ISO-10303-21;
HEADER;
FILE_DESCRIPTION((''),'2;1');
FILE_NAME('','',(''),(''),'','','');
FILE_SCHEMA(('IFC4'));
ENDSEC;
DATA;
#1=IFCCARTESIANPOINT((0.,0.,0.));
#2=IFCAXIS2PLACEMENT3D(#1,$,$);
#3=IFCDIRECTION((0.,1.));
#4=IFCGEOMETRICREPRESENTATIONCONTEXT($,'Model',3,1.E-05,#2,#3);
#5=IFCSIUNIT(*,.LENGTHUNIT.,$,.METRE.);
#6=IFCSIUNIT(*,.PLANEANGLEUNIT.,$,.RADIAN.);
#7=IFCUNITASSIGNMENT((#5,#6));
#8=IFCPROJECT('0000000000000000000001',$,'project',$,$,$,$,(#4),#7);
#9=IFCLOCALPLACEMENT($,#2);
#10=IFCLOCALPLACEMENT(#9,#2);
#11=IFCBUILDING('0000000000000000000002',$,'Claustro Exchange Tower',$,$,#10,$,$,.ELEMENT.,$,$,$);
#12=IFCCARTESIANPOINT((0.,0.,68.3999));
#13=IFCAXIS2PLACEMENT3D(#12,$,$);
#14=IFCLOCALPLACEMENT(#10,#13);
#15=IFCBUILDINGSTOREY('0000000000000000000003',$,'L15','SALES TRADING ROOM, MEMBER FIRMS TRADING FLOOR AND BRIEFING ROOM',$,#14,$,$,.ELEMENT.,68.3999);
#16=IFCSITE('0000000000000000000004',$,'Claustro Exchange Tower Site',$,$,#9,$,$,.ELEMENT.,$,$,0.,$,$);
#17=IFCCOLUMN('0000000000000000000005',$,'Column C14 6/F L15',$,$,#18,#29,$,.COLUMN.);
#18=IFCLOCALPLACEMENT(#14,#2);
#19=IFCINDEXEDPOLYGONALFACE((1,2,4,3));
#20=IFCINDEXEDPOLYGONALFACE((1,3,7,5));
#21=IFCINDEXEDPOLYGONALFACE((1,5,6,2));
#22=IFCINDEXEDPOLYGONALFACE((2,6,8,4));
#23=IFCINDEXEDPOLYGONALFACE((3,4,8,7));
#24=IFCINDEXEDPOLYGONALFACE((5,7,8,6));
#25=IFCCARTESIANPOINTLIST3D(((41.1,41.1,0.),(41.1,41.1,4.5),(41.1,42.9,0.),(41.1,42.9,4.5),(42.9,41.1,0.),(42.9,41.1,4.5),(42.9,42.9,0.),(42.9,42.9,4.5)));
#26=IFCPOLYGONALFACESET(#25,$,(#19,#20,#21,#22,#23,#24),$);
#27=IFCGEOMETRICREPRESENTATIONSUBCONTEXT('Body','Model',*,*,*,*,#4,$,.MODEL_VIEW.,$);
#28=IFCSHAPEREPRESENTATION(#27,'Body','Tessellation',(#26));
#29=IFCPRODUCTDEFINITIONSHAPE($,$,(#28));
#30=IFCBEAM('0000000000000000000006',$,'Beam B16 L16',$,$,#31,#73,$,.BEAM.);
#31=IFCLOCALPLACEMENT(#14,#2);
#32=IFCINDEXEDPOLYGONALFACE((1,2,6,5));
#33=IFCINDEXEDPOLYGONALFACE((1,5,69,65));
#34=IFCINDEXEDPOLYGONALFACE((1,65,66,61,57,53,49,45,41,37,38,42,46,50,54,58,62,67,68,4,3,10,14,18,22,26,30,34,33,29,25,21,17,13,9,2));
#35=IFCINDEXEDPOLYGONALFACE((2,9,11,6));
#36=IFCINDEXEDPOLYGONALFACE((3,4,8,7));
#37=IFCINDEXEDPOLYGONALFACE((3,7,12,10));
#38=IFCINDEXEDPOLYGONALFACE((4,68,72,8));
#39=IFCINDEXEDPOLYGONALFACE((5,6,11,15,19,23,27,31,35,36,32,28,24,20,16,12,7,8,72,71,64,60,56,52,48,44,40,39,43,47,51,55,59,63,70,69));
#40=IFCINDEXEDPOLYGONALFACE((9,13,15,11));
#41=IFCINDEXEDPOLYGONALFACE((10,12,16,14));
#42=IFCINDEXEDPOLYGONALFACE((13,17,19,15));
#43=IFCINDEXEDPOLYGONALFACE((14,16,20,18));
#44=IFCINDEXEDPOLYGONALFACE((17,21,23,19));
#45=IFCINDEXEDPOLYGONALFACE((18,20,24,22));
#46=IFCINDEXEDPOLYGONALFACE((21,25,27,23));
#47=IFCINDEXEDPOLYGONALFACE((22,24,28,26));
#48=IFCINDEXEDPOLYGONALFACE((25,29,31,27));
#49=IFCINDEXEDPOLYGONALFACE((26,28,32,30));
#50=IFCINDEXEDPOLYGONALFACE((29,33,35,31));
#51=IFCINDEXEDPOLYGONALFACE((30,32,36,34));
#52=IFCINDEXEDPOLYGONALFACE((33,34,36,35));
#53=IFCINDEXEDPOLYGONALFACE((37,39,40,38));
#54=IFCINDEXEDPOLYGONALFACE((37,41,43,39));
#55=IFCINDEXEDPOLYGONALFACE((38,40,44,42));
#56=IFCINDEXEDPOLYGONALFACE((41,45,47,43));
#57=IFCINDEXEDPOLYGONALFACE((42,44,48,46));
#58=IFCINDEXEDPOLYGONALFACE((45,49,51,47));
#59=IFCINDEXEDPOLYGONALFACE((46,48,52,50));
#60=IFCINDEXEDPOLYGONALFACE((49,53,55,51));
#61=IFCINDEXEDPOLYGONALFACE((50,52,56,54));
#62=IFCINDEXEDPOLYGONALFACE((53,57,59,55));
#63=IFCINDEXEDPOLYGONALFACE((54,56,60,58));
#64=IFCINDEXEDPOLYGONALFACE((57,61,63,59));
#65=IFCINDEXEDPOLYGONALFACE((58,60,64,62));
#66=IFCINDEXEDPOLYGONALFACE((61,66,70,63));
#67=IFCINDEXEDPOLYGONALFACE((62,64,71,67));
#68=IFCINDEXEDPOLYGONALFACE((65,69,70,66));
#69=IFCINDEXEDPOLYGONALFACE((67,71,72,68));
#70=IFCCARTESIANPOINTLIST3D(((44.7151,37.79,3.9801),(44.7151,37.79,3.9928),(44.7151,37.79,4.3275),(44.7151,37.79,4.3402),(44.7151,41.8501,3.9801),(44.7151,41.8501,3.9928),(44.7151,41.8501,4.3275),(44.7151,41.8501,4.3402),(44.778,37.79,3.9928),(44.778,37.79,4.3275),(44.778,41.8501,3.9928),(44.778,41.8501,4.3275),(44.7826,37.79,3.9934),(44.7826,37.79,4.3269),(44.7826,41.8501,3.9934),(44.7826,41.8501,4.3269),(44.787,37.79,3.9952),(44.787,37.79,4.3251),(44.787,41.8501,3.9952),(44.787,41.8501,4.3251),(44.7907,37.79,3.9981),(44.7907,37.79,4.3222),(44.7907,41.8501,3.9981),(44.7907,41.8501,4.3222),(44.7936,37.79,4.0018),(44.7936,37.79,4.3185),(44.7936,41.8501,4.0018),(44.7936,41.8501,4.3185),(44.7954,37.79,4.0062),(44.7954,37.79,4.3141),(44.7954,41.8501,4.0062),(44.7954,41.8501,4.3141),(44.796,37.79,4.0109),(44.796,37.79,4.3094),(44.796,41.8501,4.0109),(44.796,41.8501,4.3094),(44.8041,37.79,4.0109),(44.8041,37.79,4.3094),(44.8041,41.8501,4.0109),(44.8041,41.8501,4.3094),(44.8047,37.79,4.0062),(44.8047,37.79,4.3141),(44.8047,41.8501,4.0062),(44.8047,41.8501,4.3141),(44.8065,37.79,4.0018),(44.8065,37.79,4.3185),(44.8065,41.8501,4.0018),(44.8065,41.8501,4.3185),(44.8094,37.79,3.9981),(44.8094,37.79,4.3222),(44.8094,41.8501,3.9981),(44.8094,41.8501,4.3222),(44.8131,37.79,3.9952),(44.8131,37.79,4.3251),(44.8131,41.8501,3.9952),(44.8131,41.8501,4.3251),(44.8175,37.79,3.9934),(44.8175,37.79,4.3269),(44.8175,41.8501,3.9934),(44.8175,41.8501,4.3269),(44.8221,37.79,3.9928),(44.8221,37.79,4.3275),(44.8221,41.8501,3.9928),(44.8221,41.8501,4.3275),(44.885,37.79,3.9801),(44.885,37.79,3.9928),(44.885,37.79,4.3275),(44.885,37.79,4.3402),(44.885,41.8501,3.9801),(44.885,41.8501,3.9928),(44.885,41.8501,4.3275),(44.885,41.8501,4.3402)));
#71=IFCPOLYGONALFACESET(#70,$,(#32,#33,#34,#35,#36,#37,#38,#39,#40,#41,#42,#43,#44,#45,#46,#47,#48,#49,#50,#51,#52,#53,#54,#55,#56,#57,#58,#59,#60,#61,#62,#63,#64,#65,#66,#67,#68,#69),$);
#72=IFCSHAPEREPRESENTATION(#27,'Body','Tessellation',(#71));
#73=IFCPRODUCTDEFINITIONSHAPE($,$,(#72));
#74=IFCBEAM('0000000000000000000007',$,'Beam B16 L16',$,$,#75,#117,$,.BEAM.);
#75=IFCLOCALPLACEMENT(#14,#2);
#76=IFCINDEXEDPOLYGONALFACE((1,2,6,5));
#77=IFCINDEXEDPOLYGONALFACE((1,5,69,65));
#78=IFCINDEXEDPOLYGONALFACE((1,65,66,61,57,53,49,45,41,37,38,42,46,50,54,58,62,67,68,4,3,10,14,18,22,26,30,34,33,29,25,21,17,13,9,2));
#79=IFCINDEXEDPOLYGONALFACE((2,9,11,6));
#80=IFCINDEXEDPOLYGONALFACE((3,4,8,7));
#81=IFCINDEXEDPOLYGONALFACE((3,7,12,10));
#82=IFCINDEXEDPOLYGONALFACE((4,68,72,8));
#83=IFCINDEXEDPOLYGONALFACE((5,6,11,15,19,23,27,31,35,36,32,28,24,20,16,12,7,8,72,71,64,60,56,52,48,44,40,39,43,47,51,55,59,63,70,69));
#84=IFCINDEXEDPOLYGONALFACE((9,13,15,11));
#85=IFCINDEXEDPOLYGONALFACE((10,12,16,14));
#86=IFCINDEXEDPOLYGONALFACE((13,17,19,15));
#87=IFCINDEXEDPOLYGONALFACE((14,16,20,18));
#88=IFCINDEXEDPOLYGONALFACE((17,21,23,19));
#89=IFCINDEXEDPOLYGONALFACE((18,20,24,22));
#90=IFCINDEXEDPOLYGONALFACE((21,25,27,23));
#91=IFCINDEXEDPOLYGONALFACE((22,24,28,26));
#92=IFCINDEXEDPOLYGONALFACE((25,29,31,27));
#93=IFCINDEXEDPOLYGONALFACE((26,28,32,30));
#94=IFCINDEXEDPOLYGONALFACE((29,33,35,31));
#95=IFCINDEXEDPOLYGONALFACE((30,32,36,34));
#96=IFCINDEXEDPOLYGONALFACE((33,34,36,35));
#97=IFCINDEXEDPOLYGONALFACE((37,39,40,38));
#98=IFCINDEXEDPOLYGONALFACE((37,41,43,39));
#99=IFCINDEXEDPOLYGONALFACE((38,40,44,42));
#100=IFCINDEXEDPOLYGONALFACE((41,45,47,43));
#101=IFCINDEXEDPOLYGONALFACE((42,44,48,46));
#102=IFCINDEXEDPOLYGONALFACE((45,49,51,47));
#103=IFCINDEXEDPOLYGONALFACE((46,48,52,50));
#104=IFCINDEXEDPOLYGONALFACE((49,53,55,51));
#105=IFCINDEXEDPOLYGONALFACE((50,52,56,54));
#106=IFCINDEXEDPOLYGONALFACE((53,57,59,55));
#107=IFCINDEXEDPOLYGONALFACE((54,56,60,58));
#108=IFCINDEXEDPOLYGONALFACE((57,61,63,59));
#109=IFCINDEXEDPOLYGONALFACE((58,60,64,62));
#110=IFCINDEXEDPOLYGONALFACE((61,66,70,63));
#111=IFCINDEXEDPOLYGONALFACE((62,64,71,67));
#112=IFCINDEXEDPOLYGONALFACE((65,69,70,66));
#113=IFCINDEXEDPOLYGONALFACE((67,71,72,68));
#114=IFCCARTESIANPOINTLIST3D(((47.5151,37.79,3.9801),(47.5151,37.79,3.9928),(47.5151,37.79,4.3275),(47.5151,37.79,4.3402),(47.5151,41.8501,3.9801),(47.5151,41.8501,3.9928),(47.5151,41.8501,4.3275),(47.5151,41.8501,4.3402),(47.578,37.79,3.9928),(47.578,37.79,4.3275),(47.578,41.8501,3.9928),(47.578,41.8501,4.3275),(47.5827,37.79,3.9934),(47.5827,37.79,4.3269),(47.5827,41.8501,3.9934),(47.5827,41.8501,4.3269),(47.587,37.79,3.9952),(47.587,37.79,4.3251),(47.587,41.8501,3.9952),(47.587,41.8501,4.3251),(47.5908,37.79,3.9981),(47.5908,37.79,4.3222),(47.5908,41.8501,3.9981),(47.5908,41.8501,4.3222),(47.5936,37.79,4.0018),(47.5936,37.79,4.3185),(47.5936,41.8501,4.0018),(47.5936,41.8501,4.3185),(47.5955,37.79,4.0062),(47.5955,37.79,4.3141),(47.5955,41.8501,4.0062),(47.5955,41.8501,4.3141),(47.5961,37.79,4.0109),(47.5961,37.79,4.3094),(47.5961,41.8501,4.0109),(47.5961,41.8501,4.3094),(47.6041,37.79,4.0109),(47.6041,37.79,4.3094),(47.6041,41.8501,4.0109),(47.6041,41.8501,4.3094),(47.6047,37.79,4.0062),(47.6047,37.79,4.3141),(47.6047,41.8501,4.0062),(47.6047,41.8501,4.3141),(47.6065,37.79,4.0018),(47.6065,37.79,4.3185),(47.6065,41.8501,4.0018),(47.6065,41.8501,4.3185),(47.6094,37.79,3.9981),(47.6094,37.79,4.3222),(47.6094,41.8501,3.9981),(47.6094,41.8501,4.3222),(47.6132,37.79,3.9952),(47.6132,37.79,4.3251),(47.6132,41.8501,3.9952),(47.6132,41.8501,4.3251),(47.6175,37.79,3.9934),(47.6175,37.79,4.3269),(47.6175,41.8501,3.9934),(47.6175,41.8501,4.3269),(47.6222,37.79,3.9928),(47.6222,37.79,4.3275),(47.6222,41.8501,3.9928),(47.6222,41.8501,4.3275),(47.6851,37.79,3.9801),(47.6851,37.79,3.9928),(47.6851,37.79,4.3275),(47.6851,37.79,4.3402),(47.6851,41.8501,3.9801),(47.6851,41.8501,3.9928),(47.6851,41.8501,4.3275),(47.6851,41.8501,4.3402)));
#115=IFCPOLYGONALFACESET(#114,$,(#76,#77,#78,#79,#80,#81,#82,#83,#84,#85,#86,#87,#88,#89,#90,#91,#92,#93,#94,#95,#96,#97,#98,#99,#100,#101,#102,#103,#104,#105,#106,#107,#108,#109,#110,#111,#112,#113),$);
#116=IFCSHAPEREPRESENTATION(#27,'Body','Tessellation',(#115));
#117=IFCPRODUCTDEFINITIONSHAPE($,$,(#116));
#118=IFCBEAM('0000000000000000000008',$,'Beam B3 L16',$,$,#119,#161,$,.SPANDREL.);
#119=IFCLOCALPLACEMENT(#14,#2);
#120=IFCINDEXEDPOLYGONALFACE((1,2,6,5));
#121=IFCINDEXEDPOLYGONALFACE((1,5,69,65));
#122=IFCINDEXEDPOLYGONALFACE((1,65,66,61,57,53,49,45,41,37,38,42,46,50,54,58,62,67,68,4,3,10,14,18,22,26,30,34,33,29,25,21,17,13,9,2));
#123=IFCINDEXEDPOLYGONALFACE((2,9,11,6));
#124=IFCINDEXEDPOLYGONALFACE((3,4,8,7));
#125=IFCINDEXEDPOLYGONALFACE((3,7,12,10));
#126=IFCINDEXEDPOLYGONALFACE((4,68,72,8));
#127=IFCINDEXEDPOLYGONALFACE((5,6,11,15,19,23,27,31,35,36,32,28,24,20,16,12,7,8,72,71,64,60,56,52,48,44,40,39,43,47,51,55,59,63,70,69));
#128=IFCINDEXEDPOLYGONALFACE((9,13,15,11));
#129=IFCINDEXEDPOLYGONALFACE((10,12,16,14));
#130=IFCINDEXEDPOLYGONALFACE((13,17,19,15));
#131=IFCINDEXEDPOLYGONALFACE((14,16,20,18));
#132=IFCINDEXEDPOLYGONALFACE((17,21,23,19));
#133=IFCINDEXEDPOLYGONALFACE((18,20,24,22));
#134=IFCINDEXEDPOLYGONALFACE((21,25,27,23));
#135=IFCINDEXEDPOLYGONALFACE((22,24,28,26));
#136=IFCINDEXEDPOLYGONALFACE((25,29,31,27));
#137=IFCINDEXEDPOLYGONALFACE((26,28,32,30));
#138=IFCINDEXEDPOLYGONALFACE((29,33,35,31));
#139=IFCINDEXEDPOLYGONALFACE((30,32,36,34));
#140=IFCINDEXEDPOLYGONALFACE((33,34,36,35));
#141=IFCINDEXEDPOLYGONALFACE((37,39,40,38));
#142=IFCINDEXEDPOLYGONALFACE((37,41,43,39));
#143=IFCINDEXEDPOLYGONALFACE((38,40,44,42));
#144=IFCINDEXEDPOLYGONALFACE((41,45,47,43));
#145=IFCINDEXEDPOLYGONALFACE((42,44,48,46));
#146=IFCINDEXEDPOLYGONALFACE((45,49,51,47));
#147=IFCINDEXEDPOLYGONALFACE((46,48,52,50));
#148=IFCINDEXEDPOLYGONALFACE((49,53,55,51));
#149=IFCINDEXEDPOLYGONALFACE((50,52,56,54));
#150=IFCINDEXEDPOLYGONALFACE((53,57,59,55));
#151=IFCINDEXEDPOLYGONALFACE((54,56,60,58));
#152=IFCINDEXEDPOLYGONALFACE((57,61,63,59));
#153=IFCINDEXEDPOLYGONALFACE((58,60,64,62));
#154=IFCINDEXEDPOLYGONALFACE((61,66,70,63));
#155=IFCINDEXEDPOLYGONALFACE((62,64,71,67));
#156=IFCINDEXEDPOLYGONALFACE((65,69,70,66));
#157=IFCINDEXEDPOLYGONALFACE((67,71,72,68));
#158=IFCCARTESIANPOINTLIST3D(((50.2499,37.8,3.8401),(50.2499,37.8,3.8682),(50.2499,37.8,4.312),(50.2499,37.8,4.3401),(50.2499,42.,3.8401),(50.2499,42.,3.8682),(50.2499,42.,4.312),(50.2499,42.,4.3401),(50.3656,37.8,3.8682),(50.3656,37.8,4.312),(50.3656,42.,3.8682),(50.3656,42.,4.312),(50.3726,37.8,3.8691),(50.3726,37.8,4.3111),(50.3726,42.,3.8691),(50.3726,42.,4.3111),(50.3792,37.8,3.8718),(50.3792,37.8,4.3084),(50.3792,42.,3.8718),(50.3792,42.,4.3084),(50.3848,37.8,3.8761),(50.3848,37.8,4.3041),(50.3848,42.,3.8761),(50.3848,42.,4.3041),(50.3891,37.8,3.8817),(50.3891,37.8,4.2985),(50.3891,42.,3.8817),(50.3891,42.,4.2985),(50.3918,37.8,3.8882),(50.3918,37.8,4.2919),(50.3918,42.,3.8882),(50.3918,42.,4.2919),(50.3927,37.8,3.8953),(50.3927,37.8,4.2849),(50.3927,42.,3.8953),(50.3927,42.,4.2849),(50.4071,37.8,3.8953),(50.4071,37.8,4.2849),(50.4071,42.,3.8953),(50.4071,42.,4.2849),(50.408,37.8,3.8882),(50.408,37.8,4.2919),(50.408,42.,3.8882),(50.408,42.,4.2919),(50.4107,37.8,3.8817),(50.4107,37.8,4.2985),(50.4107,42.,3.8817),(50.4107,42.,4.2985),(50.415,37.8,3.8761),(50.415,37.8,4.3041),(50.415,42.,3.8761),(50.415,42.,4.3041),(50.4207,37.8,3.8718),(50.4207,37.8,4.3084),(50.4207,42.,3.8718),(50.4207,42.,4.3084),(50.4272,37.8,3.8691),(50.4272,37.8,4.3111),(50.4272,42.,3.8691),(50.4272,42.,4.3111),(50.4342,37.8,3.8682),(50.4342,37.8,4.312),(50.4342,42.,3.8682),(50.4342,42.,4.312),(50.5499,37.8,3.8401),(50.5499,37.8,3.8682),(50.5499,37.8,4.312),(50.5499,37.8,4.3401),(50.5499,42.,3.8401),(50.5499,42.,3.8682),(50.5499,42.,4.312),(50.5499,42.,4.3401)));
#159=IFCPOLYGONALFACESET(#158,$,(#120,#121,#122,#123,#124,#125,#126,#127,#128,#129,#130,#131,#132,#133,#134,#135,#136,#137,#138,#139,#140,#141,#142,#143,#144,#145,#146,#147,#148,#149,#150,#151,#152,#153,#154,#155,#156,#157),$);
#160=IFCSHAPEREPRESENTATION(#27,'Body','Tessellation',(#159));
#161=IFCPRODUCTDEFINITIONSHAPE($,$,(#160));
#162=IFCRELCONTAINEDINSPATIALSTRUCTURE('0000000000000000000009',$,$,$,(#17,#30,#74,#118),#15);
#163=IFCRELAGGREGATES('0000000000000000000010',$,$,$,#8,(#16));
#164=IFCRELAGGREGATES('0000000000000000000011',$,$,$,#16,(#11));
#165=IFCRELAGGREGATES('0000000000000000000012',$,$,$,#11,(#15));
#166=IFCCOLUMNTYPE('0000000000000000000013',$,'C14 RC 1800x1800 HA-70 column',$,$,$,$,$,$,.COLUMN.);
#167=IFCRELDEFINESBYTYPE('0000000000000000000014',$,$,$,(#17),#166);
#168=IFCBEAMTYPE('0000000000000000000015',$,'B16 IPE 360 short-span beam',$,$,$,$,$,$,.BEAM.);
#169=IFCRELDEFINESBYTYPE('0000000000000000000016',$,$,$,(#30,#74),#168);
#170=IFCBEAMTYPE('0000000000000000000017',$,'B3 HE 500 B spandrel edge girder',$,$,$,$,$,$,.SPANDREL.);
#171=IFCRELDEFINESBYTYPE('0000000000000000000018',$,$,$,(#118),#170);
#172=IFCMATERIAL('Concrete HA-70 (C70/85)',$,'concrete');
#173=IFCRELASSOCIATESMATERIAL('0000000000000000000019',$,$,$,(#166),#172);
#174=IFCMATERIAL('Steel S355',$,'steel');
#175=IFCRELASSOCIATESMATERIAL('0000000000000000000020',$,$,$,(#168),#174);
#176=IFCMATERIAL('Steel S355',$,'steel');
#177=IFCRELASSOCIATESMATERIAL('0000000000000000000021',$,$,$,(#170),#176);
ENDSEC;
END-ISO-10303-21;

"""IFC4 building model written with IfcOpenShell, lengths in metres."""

from ifc_helpers import new_model, si_unit, direction, frame, origin, origin_2d, place, context, subcontext, project, spatial, rectangle, i_section, extrude, material, material_profile, profile_set, type_object, element, save


model = new_model("IFC4")

# Units and contexts
model_context = context("Model", 3, precision=1e-05, world=origin(), true_north=direction((0.0, 1.0)))
body_context = subcontext(model_context, "Body", "Model", "MODEL_VIEW")
ifc_project = project(units=[si_unit("LENGTHUNIT", "METRE"), si_unit("PLANEANGLEUNIT", "RADIAN")], contexts=[model_context])

# Site, building, storey
site_placement = place(None, origin())
site = spatial("IfcSite", under=ifc_project, at=site_placement, Name="Claustro Exchange Tower Site", CompositionType="ELEMENT", RefElevation=0.0)
building_placement = place(site_placement, origin())
building = spatial("IfcBuilding", under=site, at=building_placement, Name="Claustro Exchange Tower", CompositionType="ELEMENT")
storey_placement = place(building_placement, frame((0.0, 0.0, 68.3999)))
storey = spatial("IfcBuildingStorey", under=building, at=storey_placement, Name="L15", Description="SALES TRADING ROOM, MEMBER FIRMS TRADING FLOOR AND BRIEFING ROOM", CompositionType="ELEMENT", Elevation=68.3999)

# Column
ifc_material_1 = material(Name="Concrete HA-70 (C70/85)", Category="concrete")
ifc_material_profile_1 = material_profile(ifc_material_1, rectangle(XDim=1.8, YDim=1.8, at=origin_2d()), Name="RC 1800x1800")
ifc_profile_set_1 = profile_set([ifc_material_profile_1], Name="Concrete HA-70 (C70/85)")
column_type = type_object("IfcColumnType", Name="C14 RC 1800x1800 HA-70 column", PredefinedType="COLUMN", material=ifc_profile_set_1)
column_placement = place(storey_placement, frame((42.0, 42.0, 0.0), z_axis=(0.0, 0.0, 1.0), x_axis=(1.0, 0.0, 0.0)))
element("IfcColumn", 1, at=column_placement, inside=storey, type_object=column_type, Name="Column C14 6/F L15", PredefinedType="COLUMN", context=body_context, shape_type="SweptSolid", body=[
    extrude(rectangle(XDim=1.8, YDim=1.8, at=origin_2d()), origin(), (0.0, 0.0, 1.0), 4.5),
])

# Beams
ifc_material_2 = material(Name="Steel S355", Category="steel")
ifc_material_profile_2 = material_profile(ifc_material_2, i_section(OverallWidth=0.1699, OverallDepth=0.3601, WebThickness=0.0081, FlangeThickness=0.0127, FilletRadius=0.0181, at=origin_2d()), Name="IPE 360")
ifc_profile_set_2 = profile_set([ifc_material_profile_2], Name="Steel S355")
beam_type_1 = type_object("IfcBeamType", Name="B16 IPE 360 short-span beam", PredefinedType="BEAM", material=ifc_profile_set_2)
for number, where, z_axis, x_axis, name in (
    (2, (44.8, 37.79, 4.1602), (0.0, 1.0, 0.0), (-1.0, 0.0, 0.0), "Beam B16 L16"),
    (3, (47.6001, 37.79, 4.1602), (0.0, 1.0, 0.0), (-1.0, 0.0, 0.0), "Beam B16 L16"),
):
    element("IfcBeam", number, at=place(storey_placement, frame(where, z_axis=z_axis, x_axis=x_axis)), inside=storey, type_object=beam_type_1, Name=name, PredefinedType="BEAM", context=body_context, shape_type="SweptSolid", body=[
        extrude(i_section(OverallWidth=0.1699, OverallDepth=0.3601, WebThickness=0.0081, FlangeThickness=0.0127, FilletRadius=0.0181, at=origin_2d()), origin(), (0.0, 0.0, 1.0), 4.0601),
    ])
ifc_material_3 = material(Name="Steel S355", Category="steel")
ifc_material_profile_3 = material_profile(ifc_material_3, i_section(OverallWidth=0.3, OverallDepth=0.5, WebThickness=0.0144, FlangeThickness=0.0281, FilletRadius=0.0271, at=origin_2d()), Name="HE 500 B")
ifc_profile_set_3 = profile_set([ifc_material_profile_3], Name="Steel S355")
beam_type_2 = type_object("IfcBeamType", Name="B3 HE 500 B spandrel edge girder", PredefinedType="SPANDREL", material=ifc_profile_set_3)
beam_placement = place(storey_placement, frame((50.3999, 37.8, 4.0901), z_axis=(0.0, 1.0, 0.0), x_axis=(-1.0, 0.0, 0.0)))
element("IfcBeam", 4, at=beam_placement, inside=storey, type_object=beam_type_2, Name="Beam B3 L16", PredefinedType="SPANDREL", context=body_context, shape_type="SweptSolid", body=[
    extrude(i_section(OverallWidth=0.3, OverallDepth=0.5, WebThickness=0.0144, FlangeThickness=0.0281, FilletRadius=0.0271, at=origin_2d()), origin(), (0.0, 0.0, 1.0), 4.2),
])

save(model, "model.ifc")
